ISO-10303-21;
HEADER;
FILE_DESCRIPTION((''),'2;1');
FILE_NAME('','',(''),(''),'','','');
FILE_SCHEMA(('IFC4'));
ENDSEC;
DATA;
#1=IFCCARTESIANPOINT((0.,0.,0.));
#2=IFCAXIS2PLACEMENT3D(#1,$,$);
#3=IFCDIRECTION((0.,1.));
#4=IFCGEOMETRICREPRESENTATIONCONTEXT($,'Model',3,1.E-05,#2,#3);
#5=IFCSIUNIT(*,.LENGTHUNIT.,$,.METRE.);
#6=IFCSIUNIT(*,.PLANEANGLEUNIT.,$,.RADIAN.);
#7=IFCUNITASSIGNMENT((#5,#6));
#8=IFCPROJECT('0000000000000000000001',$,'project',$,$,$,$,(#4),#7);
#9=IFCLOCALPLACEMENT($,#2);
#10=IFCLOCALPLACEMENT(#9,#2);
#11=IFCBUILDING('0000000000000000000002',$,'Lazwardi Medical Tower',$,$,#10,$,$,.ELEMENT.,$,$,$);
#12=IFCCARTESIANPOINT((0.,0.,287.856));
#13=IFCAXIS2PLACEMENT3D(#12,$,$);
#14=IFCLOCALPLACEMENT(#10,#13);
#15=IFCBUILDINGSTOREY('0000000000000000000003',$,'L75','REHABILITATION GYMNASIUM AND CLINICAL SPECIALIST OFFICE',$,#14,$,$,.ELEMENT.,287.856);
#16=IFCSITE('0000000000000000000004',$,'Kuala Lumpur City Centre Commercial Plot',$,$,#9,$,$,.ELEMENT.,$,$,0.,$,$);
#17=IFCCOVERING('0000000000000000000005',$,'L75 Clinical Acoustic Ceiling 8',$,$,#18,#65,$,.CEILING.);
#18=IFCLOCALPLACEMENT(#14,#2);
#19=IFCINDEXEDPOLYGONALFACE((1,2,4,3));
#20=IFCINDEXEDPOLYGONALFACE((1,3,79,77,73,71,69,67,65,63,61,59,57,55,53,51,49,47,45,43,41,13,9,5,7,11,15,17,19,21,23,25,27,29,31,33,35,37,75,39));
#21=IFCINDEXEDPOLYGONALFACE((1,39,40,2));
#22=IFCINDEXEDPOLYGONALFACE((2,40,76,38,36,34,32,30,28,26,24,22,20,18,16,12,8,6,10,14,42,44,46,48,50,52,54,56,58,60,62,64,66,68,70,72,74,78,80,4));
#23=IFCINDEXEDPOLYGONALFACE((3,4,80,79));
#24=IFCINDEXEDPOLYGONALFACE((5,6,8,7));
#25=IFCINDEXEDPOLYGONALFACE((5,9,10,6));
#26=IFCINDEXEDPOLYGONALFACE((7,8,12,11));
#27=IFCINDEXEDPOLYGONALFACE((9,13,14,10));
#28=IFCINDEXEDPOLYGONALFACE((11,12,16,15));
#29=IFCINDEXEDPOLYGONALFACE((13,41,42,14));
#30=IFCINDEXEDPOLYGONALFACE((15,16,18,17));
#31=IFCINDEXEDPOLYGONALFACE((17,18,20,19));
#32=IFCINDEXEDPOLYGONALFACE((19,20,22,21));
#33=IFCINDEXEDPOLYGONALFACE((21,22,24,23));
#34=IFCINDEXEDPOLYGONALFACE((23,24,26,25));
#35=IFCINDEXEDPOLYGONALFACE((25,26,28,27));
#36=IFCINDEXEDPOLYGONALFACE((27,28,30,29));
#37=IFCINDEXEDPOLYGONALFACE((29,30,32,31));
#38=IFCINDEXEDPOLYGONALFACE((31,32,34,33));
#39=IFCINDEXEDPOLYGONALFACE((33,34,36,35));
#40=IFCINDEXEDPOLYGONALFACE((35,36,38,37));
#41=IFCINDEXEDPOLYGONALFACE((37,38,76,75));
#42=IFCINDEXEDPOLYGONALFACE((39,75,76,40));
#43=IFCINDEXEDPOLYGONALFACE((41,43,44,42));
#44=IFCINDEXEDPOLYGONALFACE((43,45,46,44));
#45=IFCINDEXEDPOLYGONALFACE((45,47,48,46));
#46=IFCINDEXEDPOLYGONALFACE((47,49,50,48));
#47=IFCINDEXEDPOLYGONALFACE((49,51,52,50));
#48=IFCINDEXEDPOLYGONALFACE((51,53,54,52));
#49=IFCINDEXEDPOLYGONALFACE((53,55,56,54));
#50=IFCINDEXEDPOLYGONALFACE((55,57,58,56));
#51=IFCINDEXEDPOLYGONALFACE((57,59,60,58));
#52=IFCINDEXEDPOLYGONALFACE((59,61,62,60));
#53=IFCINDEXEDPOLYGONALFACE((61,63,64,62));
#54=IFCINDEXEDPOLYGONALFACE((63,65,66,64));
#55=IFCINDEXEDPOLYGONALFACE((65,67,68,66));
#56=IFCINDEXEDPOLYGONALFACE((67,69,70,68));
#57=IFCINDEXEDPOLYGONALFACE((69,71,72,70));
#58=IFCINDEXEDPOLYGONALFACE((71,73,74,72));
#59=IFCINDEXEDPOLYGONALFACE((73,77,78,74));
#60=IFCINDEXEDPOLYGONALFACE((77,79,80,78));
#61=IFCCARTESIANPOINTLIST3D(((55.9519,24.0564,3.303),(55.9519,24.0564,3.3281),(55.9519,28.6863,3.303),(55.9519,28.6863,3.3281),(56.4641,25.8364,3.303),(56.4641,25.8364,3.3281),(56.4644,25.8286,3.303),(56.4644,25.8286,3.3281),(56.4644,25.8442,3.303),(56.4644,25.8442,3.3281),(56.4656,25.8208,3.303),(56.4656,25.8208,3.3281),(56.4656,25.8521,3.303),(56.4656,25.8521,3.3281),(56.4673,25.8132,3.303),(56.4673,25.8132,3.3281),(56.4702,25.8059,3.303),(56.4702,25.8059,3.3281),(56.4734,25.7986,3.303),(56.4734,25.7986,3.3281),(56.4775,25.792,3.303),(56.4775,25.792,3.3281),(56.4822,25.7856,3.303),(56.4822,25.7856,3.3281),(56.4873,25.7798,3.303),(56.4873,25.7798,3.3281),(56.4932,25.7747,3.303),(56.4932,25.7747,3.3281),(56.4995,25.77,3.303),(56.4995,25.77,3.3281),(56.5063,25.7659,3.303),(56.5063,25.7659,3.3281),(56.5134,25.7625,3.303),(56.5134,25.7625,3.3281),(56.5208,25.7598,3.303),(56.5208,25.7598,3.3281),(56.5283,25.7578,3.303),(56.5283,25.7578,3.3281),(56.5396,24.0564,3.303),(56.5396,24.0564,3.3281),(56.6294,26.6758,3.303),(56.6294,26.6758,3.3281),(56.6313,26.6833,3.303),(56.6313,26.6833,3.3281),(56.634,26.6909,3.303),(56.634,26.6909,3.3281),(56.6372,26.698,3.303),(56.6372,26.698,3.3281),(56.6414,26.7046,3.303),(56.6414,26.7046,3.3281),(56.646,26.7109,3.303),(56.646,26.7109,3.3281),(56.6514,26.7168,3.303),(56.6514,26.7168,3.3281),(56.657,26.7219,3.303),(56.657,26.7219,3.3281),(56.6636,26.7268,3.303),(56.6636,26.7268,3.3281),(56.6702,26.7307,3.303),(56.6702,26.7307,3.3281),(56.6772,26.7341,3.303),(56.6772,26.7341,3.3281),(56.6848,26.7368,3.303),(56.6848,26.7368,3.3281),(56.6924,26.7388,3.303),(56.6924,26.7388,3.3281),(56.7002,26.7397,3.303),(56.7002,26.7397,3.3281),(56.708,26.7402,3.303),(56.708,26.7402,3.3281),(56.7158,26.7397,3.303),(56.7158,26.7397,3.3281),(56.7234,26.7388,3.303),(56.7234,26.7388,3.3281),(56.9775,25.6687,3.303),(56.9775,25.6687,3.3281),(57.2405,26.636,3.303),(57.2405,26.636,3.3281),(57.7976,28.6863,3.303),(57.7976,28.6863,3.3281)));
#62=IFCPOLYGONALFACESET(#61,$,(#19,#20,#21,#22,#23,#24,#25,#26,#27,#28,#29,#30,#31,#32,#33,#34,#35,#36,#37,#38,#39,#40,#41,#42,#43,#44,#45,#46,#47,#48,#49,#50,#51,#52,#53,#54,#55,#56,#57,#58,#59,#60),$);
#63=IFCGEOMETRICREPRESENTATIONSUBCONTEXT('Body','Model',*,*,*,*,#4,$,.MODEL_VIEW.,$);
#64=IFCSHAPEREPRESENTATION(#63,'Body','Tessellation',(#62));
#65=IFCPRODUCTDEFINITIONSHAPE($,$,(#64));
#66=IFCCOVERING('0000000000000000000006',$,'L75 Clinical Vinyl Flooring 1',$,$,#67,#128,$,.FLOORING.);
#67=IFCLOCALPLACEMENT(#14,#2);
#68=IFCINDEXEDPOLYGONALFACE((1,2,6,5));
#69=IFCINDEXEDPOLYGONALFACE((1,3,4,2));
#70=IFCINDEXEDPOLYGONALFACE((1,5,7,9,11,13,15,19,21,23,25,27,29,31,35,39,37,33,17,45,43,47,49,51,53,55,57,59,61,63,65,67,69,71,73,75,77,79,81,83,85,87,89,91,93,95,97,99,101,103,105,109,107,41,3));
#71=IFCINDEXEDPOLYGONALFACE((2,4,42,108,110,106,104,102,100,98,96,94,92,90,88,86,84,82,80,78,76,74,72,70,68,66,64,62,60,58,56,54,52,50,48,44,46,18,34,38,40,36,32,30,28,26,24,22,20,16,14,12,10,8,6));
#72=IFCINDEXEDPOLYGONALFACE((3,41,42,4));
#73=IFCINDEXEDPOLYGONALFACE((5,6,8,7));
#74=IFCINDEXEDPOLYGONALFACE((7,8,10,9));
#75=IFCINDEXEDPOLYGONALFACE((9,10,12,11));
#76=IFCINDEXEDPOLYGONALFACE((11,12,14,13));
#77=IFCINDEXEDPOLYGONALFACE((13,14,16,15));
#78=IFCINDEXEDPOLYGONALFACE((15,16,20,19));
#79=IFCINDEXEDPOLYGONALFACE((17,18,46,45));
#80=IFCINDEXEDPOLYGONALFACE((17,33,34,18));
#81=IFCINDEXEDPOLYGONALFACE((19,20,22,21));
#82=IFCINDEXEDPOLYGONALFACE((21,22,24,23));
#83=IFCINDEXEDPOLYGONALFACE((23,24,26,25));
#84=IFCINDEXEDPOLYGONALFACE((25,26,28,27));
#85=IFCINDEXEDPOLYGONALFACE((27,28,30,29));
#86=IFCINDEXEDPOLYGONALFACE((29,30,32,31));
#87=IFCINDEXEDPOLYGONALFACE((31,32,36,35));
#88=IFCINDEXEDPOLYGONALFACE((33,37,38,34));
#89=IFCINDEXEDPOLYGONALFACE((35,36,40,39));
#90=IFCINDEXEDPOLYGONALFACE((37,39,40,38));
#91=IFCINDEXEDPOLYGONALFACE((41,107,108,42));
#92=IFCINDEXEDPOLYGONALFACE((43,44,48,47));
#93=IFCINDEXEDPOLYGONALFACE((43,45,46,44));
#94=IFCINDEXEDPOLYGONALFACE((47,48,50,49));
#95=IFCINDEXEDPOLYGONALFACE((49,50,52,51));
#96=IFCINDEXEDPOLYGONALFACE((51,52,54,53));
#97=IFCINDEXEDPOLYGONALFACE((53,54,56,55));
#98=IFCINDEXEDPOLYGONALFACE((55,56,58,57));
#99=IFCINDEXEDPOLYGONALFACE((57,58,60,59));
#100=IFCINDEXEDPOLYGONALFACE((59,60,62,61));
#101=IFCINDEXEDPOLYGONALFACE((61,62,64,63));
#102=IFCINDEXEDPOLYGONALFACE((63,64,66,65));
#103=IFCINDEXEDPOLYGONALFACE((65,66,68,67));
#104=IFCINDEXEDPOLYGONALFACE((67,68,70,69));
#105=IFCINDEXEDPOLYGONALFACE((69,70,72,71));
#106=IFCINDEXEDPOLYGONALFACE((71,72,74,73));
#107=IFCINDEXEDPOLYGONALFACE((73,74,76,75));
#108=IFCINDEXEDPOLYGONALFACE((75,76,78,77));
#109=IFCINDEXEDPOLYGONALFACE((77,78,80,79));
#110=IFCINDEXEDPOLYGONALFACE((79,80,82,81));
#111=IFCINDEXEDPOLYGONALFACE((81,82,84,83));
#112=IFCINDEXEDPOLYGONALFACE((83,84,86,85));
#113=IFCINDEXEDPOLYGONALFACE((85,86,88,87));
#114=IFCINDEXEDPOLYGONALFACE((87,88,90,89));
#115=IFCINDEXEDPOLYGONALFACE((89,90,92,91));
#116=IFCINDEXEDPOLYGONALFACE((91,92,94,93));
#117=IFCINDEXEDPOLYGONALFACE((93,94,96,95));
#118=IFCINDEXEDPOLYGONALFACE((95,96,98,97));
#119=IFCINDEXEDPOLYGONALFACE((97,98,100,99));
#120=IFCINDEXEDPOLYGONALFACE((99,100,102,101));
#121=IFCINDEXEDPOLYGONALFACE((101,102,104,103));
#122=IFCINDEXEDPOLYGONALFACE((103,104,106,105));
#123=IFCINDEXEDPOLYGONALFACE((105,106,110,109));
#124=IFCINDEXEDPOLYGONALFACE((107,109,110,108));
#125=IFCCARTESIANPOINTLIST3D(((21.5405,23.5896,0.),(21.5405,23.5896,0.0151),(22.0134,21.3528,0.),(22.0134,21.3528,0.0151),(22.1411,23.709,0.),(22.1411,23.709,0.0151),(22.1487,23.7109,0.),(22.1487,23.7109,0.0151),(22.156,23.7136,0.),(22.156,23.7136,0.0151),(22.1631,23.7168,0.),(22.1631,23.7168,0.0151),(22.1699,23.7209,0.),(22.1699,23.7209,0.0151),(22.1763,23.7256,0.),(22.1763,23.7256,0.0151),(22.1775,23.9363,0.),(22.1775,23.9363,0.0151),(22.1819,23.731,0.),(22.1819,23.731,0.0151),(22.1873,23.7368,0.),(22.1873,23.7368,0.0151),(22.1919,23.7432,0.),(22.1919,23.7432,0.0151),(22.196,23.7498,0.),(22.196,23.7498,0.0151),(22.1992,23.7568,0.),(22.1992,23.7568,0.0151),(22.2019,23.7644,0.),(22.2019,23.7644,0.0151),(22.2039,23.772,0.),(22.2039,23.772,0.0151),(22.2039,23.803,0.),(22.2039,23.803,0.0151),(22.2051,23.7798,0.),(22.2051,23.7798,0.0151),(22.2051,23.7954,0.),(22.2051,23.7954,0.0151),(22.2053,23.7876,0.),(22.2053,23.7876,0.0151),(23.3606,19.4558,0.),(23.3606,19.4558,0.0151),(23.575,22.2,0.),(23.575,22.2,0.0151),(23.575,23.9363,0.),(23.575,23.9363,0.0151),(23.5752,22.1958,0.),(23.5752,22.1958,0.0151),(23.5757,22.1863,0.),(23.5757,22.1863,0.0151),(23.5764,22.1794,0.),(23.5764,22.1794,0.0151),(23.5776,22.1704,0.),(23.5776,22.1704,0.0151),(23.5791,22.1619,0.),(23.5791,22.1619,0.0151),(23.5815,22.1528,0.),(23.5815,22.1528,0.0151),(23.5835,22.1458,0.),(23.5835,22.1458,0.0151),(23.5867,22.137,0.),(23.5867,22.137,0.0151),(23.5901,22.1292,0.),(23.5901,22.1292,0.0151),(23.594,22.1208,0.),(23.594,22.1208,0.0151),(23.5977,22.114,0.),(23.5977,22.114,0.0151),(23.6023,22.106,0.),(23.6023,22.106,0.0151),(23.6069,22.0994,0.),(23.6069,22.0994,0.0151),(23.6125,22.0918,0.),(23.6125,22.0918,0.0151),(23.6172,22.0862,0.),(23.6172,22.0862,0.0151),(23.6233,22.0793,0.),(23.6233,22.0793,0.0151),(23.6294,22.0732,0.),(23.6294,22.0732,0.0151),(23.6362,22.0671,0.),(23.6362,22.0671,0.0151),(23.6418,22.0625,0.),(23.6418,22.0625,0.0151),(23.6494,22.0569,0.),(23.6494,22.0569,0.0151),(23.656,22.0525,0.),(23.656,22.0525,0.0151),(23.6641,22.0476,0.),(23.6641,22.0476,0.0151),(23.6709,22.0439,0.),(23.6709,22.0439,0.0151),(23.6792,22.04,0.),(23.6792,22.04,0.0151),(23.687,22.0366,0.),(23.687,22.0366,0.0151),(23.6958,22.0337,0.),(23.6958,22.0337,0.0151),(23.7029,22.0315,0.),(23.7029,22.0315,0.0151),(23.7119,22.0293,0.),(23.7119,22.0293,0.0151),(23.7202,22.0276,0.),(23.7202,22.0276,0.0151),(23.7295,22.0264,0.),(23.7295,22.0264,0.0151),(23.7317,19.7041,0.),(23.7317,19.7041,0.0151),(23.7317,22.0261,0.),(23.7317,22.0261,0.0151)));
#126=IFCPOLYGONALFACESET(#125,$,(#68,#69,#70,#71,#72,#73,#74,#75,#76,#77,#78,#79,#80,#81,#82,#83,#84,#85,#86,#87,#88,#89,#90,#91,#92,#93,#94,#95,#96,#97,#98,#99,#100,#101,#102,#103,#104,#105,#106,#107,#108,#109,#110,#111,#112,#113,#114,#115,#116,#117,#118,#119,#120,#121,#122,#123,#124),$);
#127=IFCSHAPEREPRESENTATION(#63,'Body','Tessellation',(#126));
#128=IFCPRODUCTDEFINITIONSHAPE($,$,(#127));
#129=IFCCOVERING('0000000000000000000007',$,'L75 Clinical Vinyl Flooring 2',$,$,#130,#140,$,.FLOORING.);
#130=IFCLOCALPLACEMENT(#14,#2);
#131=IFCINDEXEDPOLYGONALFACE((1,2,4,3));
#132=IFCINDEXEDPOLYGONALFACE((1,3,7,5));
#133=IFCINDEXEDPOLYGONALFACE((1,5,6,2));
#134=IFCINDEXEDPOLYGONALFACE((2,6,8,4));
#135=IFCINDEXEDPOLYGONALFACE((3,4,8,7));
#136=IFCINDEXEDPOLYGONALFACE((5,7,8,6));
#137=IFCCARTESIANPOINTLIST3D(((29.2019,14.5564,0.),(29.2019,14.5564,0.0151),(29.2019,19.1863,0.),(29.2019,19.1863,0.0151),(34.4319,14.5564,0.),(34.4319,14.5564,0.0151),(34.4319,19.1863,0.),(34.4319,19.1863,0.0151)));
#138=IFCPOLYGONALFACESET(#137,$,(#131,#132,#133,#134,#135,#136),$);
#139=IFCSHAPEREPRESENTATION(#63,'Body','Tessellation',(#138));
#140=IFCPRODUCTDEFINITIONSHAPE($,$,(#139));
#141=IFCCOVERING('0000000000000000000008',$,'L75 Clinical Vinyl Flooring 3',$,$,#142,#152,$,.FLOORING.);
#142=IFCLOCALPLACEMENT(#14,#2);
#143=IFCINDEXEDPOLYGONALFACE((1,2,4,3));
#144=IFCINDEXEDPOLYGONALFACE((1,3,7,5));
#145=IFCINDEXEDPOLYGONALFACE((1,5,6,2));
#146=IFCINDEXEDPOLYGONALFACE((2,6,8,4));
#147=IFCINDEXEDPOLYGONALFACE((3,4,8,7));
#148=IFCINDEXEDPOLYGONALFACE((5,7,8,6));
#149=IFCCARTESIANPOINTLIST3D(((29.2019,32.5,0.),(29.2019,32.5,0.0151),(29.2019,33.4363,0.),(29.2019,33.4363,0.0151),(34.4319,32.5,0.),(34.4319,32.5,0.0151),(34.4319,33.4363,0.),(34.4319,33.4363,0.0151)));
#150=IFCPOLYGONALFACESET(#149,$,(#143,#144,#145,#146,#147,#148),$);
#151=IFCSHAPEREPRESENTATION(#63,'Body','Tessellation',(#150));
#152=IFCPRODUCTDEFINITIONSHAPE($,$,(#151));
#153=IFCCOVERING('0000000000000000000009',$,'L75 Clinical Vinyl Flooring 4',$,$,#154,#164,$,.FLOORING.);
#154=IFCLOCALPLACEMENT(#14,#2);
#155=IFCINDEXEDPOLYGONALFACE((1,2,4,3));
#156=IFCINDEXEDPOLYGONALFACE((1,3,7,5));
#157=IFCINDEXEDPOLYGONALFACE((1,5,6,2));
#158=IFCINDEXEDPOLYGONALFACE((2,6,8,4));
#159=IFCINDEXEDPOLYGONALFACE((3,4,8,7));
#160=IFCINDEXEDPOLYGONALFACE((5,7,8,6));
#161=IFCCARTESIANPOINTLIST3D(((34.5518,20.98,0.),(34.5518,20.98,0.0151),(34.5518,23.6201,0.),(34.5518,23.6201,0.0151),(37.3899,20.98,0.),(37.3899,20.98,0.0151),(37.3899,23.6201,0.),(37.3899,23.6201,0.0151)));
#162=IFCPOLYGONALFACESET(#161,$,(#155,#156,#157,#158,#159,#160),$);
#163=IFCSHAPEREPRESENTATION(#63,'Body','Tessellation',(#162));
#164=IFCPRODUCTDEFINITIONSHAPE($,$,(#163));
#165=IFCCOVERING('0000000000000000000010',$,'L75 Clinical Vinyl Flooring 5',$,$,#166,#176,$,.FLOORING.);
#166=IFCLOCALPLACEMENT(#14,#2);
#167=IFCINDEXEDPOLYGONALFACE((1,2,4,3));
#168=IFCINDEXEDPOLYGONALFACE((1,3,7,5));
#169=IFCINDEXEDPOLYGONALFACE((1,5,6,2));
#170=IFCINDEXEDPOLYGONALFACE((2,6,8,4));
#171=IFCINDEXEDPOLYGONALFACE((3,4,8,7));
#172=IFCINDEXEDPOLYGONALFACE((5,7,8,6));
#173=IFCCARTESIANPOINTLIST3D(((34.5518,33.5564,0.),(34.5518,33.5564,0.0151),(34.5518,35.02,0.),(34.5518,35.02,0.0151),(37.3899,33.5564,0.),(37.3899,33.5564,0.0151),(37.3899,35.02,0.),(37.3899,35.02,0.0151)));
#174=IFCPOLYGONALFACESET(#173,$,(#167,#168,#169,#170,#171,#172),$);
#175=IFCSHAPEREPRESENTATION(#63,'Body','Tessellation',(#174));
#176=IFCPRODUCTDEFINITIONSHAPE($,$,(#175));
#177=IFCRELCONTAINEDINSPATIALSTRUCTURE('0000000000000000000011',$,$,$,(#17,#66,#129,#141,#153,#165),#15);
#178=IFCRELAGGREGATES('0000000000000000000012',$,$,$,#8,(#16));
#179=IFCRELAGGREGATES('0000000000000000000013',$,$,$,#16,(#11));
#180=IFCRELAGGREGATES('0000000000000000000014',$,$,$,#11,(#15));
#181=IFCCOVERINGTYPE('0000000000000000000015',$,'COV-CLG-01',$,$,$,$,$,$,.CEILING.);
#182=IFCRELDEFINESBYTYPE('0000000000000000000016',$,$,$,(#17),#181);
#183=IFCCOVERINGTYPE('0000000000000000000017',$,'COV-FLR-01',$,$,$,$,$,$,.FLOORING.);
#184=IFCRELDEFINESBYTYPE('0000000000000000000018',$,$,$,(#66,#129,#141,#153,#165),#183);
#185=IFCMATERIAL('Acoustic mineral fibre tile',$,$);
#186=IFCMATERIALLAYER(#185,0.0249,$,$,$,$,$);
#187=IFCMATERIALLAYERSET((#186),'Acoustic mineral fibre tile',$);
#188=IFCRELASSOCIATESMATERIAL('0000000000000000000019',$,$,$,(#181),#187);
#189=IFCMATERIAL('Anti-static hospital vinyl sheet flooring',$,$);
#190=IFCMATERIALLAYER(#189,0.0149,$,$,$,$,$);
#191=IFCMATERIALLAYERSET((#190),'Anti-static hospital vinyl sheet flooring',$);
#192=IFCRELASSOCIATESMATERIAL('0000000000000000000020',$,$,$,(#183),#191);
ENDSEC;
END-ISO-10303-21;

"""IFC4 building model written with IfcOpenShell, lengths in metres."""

from ifc_helpers import new_model, si_unit, direction, frame, origin, place, context, subcontext, project, spatial, polyline, outline, extrude, material, layer, layer_set, type_object, element, save


model = new_model("IFC4")

# Units and contexts
model_context = context("Model", 3, precision=1e-05, world=origin(), true_north=direction((0.0, 1.0)))
body_context = subcontext(model_context, "Body", "Model", "MODEL_VIEW")
ifc_project = project(units=[si_unit("LENGTHUNIT", "METRE"), si_unit("PLANEANGLEUNIT", "RADIAN")], contexts=[model_context])

# Site, building, storey
site_placement = place(None, origin())
site = spatial("IfcSite", under=ifc_project, at=site_placement, Name="Kuala Lumpur City Centre Commercial Plot", CompositionType="ELEMENT", RefElevation=0.0)
building_placement = place(site_placement, origin())
building = spatial("IfcBuilding", under=site, at=building_placement, Name="Lazwardi Medical Tower", CompositionType="ELEMENT")
storey_placement = place(building_placement, frame((0.0, 0.0, 287.856)))
storey = spatial("IfcBuildingStorey", under=building, at=storey_placement, Name="L75", Description="REHABILITATION GYMNASIUM AND CLINICAL SPECIALIST OFFICE", CompositionType="ELEMENT", Elevation=287.856)

# Coverings
ifc_material_1 = material(Name="Acoustic mineral fibre tile")
ifc_layer_1 = layer(ifc_material_1, 0.0249)
ifc_layer_set_1 = layer_set([ifc_layer_1], Name="Acoustic mineral fibre tile")
covering_type_1 = type_object("IfcCoveringType", Name="COV-CLG-01", PredefinedType="CEILING", material=ifc_layer_set_1)
covering_1_placement = place(storey_placement, frame((0.0, 0.0, 3.303)))
element("IfcCovering", 1, at=covering_1_placement, inside=storey, type_object=covering_type_1, Name="L75 Clinical Acoustic Ceiling 8", PredefinedType="CEILING", context=body_context, shape_type="SweptSolid", body=[
    extrude(outline(polyline([(56.5396, 24.0564), (56.9775, 25.6687), (56.5283, 25.7578), (56.5208, 25.7598), (56.5134, 25.7625), (56.5063, 25.7659), (56.4995, 25.77), (56.4932, 25.7747), (56.4873, 25.7798), (56.4822, 25.7856), (56.4775, 25.792), (56.4734, 25.7986), (56.4702, 25.8059), (56.4673, 25.8132), (56.4656, 25.8208), (56.4644, 25.8286), (56.4641, 25.8364), (56.4644, 25.8442), (56.4656, 25.8521), (56.6294, 26.6758), (56.6313, 26.6833), (56.634, 26.6909), (56.6372, 26.698), (56.6414, 26.7046), (56.646, 26.7109), (56.6514, 26.7168), (56.657, 26.7219), (56.6636, 26.7268), (56.6702, 26.7307), (56.6772, 26.7341), (56.6848, 26.7368), (56.6924, 26.7388), (56.7002, 26.7397), (56.708, 26.7402), (56.7158, 26.7397), (56.7234, 26.7388), (57.2405, 26.636), (57.7976, 28.6863), (55.9519, 28.6863), (55.9519, 24.0564), (56.5396, 24.0564)])), origin(), (0.0, 0.0, 1.0), 0.0251),
])
ifc_material_2 = material(Name="Anti-static hospital vinyl sheet flooring")
ifc_layer_2 = layer(ifc_material_2, 0.0149)
ifc_layer_set_2 = layer_set([ifc_layer_2], Name="Anti-static hospital vinyl sheet flooring")
covering_type_2 = type_object("IfcCoveringType", Name="COV-FLR-01", PredefinedType="FLOORING", material=ifc_layer_set_2)
covering_2_placement = place(storey_placement, origin())
element("IfcCovering", 2, at=covering_2_placement, inside=storey, type_object=covering_type_2, Name="L75 Clinical Vinyl Flooring 1", PredefinedType="FLOORING", context=body_context, shape_type="SweptSolid", body=[
    extrude(outline(polyline([(23.7317, 22.0261), (23.7295, 22.0264), (23.7202, 22.0276), (23.7119, 22.0293), (23.7029, 22.0315), (23.6958, 22.0337), (23.687, 22.0366), (23.6792, 22.04), (23.6709, 22.0439), (23.6641, 22.0476), (23.656, 22.0525), (23.6494, 22.0569), (23.6418, 22.0625), (23.6362, 22.0671), (23.6294, 22.0732), (23.6233, 22.0793), (23.6172, 22.0862), (23.6125, 22.0918), (23.6069, 22.0994), (23.6023, 22.106), (23.5977, 22.114), (23.594, 22.1208), (23.5901, 22.1292), (23.5867, 22.137), (23.5835, 22.1458), (23.5815, 22.1528), (23.5791, 22.1619), (23.5776, 22.1704), (23.5764, 22.1794), (23.5757, 22.1863), (23.5752, 22.1958), (23.575, 22.2), (23.575, 23.9363), (22.1775, 23.9363), (22.2039, 23.803), (22.2051, 23.7954), (22.2053, 23.7876), (22.2051, 23.7798), (22.2039, 23.772), (22.2019, 23.7644), (22.1992, 23.7568), (22.196, 23.7498), (22.1919, 23.7432), (22.1873, 23.7368), (22.1819, 23.731), (22.1763, 23.7256), (22.1699, 23.7209), (22.1631, 23.7168), (22.156, 23.7136), (22.1487, 23.7109), (22.1411, 23.709), (21.5405, 23.5896), (22.0134, 21.3528), (23.3606, 19.4558), (23.7317, 19.7041), (23.7317, 22.0261)])), origin(), (0.0, 0.0, 1.0), 0.0151),
])
covering_3_placement = place(storey_placement, origin())
element("IfcCovering", 3, at=covering_3_placement, inside=storey, type_object=covering_type_2, Name="L75 Clinical Vinyl Flooring 2", PredefinedType="FLOORING", context=body_context, shape_type="SweptSolid", body=[
    extrude(outline(polyline([(34.4319, 14.5564), (34.4319, 19.1863), (29.2019, 19.1863), (29.2019, 14.5564), (34.4319, 14.5564)])), origin(), (0.0, 0.0, 1.0), 0.0151),
])
covering_4_placement = place(storey_placement, origin())
element("IfcCovering", 4, at=covering_4_placement, inside=storey, type_object=covering_type_2, Name="L75 Clinical Vinyl Flooring 3", PredefinedType="FLOORING", context=body_context, shape_type="SweptSolid", body=[
    extrude(outline(polyline([(29.2019, 32.5), (34.4319, 32.5), (34.4319, 33.4363), (29.2019, 33.4363), (29.2019, 32.5)])), origin(), (0.0, 0.0, 1.0), 0.0151),
])
covering_5_placement = place(storey_placement, origin())
element("IfcCovering", 5, at=covering_5_placement, inside=storey, type_object=covering_type_2, Name="L75 Clinical Vinyl Flooring 4", PredefinedType="FLOORING", context=body_context, shape_type="SweptSolid", body=[
    extrude(outline(polyline([(34.5518, 20.98), (37.3899, 20.98), (37.3899, 23.6201), (34.5518, 23.6201), (34.5518, 20.98)])), origin(), (0.0, 0.0, 1.0), 0.0151),
])
covering_6_placement = place(storey_placement, origin())
element("IfcCovering", 6, at=covering_6_placement, inside=storey, type_object=covering_type_2, Name="L75 Clinical Vinyl Flooring 5", PredefinedType="FLOORING", context=body_context, shape_type="SweptSolid", body=[
    extrude(outline(polyline([(37.3899, 33.5564), (37.3899, 35.02), (34.5518, 35.02), (34.5518, 33.5564), (37.3899, 33.5564)])), origin(), (0.0, 0.0, 1.0), 0.0151),
])

save(model, "model.ifc")
